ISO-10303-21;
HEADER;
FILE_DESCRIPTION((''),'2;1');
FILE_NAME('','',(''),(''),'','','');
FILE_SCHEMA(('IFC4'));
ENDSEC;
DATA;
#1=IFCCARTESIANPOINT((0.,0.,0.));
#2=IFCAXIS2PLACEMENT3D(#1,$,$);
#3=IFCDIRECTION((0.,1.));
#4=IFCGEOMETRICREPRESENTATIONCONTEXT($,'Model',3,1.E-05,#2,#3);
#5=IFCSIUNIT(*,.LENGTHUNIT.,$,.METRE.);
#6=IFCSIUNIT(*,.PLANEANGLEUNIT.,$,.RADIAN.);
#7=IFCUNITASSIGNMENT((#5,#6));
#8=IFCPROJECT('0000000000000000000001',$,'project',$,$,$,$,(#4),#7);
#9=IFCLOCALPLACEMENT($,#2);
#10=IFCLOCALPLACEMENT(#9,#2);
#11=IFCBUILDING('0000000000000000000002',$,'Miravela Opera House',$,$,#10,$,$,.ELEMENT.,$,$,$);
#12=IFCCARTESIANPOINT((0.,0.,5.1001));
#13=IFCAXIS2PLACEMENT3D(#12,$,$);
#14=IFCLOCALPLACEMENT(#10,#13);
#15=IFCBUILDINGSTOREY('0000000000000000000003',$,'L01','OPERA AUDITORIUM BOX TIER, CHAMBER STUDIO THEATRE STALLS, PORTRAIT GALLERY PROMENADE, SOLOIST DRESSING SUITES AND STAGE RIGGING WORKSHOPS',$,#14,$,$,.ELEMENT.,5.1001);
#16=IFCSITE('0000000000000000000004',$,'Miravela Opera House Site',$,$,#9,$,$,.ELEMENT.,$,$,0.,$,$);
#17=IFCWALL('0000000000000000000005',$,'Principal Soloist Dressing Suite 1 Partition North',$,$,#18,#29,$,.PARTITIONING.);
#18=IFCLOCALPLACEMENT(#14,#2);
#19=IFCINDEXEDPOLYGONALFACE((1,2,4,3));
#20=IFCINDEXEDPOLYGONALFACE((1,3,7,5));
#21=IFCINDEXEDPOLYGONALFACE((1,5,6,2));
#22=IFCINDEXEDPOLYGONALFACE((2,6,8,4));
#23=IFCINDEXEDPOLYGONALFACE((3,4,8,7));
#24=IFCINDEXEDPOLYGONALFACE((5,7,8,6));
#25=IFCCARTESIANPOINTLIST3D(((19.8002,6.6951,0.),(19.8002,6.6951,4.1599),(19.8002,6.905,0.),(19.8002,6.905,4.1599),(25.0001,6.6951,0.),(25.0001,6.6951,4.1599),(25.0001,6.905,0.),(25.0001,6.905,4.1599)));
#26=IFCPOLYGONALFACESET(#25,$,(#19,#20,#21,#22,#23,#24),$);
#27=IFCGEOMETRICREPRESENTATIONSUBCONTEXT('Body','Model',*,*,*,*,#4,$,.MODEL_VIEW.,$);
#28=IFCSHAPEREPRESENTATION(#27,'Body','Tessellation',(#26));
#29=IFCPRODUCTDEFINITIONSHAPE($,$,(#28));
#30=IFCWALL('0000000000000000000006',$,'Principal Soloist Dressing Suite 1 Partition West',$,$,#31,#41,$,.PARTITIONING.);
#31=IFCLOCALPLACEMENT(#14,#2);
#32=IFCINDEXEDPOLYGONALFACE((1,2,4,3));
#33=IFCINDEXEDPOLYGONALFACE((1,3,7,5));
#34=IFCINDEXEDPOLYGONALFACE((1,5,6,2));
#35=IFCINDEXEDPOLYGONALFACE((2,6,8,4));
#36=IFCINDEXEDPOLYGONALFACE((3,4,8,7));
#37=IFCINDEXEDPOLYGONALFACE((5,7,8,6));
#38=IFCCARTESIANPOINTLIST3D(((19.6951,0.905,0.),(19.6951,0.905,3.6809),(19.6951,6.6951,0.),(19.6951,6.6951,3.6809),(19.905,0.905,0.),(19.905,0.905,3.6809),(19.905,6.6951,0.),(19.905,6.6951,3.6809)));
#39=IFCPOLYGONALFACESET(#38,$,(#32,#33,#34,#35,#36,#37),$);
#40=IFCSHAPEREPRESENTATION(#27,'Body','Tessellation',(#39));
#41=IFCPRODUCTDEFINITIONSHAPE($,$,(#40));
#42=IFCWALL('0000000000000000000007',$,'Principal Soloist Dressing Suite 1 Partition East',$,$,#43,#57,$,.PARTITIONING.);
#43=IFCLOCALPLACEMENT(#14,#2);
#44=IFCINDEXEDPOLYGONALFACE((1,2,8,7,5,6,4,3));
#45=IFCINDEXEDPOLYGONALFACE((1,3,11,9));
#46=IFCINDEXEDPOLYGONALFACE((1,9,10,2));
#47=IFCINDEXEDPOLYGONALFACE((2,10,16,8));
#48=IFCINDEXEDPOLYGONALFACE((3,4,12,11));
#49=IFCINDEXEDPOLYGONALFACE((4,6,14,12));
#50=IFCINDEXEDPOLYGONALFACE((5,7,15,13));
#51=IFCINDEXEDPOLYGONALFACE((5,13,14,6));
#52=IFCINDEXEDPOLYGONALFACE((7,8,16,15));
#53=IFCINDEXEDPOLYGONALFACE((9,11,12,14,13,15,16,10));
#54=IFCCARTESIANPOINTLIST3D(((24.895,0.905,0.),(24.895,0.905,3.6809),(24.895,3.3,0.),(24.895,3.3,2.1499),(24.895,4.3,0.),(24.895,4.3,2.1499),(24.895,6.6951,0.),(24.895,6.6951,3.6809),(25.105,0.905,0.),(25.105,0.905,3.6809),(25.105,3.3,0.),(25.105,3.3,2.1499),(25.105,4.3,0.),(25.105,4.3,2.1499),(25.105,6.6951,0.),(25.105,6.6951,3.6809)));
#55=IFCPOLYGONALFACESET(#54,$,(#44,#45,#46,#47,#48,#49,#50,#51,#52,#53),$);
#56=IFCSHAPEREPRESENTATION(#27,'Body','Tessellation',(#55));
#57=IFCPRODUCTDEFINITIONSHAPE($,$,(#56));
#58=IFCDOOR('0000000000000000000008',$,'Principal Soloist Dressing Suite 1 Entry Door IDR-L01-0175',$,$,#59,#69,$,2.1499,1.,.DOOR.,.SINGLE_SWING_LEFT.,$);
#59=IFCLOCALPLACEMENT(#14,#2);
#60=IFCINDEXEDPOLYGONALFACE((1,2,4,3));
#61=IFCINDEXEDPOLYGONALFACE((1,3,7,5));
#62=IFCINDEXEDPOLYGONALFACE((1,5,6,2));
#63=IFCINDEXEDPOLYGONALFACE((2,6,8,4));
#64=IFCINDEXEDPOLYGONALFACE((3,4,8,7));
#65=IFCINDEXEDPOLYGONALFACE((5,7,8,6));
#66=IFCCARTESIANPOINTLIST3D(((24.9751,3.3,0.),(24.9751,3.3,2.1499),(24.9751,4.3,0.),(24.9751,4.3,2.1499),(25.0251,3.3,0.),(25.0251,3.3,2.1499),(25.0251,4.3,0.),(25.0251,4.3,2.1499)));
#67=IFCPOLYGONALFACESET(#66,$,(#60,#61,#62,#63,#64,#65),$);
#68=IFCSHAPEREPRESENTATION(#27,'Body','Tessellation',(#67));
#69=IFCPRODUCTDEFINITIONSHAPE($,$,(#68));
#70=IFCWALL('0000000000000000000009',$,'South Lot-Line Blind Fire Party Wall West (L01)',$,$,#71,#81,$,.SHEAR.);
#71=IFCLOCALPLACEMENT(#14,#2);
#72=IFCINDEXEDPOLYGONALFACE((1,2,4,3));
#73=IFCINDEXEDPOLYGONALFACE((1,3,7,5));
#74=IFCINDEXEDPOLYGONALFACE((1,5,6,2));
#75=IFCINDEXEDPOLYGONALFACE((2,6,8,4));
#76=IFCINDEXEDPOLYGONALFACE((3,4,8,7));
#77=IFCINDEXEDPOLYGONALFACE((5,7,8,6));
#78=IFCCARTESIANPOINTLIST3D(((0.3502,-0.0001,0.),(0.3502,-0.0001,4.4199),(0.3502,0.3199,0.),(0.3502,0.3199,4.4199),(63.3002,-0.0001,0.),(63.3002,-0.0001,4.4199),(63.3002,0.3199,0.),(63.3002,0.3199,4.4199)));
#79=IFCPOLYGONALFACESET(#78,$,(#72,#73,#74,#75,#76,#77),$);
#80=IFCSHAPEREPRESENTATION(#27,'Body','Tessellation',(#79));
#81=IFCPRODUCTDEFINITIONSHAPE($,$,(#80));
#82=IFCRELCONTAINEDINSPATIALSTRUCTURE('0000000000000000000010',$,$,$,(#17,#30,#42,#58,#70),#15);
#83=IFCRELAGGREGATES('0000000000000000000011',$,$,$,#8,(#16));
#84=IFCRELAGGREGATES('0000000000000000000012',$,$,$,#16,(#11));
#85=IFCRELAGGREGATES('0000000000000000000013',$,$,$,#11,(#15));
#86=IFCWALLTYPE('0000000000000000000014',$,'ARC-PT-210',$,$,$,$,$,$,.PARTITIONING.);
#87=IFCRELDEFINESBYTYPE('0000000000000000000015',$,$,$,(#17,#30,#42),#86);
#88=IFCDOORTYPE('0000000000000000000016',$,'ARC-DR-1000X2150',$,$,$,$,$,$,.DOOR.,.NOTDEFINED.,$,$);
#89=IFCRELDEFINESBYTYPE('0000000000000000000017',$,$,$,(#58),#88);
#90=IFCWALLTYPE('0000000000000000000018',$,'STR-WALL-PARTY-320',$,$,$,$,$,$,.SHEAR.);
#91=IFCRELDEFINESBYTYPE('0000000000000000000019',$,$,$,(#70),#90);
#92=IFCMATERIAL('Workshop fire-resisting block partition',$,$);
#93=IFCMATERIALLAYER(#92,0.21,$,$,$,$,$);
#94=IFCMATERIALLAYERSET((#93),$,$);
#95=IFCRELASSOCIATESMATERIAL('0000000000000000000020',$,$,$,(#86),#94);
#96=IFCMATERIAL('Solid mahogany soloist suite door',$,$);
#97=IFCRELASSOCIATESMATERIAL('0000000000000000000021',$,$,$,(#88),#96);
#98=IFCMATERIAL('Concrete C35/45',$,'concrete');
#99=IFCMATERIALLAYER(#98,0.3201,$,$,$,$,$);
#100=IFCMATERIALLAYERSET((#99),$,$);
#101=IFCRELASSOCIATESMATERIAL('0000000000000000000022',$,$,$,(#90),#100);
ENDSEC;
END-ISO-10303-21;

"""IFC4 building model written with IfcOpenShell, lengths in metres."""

from ifc_helpers import new_model, si_unit, direction, frame, frame_2d, origin, place, context, subcontext, project, spatial, rectangle, extrude, material, layer, layer_set, type_object, element, fill, save


model = new_model("IFC4")

# Units and contexts
model_context = context("Model", 3, precision=1e-05, world=origin(), true_north=direction((0.0, 1.0)))
body_context = subcontext(model_context, "Body", "Model", "MODEL_VIEW")
ifc_project = project(units=[si_unit("LENGTHUNIT", "METRE"), si_unit("PLANEANGLEUNIT", "RADIAN")], contexts=[model_context])

# Site, building, storey
site_placement = place(None, origin())
site = spatial("IfcSite", under=ifc_project, at=site_placement, Name="Miravela Opera House Site", CompositionType="ELEMENT", RefElevation=0.0)
building_placement = place(site_placement, origin())
building = spatial("IfcBuilding", under=site, at=building_placement, Name="Miravela Opera House", CompositionType="ELEMENT")
storey_placement = place(building_placement, frame((0.0, 0.0, 5.1001)))
storey = spatial("IfcBuildingStorey", under=building, at=storey_placement, Name="L01", Description="OPERA AUDITORIUM BOX TIER, CHAMBER STUDIO THEATRE STALLS, PORTRAIT GALLERY PROMENADE, SOLOIST DRESSING SUITES AND STAGE RIGGING WORKSHOPS", CompositionType="ELEMENT", Elevation=5.1001)

# Shared definitions
ifc_material_1 = material(Name="Concrete C35/45", Category="concrete")

# Walls
ifc_material_2 = material(Name="Workshop fire-resisting block partition")
ifc_layer_1 = layer(ifc_material_2, 0.21)
ifc_layer_set_1 = layer_set([ifc_layer_1])
wall_type_1 = type_object("IfcWallType", Name="ARC-PT-210", PredefinedType="PARTITIONING", material=ifc_layer_set_1)
for number, where, z_axis, x_axis, name in (
    (1, (19.8, 6.8, 0.0), (0.0, 0.0, 1.0), (1.0, 0.0, 0.0), "Principal Soloist Dressing Suite 1 Partition North"),
):
    element("IfcWall", number, at=place(storey_placement, frame(where, z_axis=z_axis, x_axis=x_axis)), inside=storey, type_object=wall_type_1, Name=name, PredefinedType="PARTITIONING", context=body_context, shape_type="SweptSolid", body=[
        extrude(rectangle(XDim=5.2, YDim=0.21, at=frame_2d((2.6001, 0.0))), origin(), (0.0, 0.0, 1.0), 4.1599),
    ])
wall_1_placement = place(storey_placement, frame((19.8, 0.905, 0.0), z_axis=(0.0, 0.0, 1.0), x_axis=(0.0, 1.0, 0.0)))
element("IfcWall", 2, at=wall_1_placement, inside=storey, type_object=wall_type_1, Name="Principal Soloist Dressing Suite 1 Partition West", PredefinedType="PARTITIONING", context=body_context, shape_type="SweptSolid", body=[
    extrude(rectangle(XDim=5.79, YDim=0.21, at=frame_2d((2.895, 0.0))), origin(), (0.0, 0.0, 1.0), 3.6809),
])

# Wall, opening, door
wall_2_placement = place(storey_placement, frame((25.0, 0.905, 0.0), z_axis=(0.0, 0.0, 1.0), x_axis=(0.0, 1.0, 0.0)))
wall_2 = element("IfcWall", 3, at=wall_2_placement, inside=storey, type_object=wall_type_1, Name="Principal Soloist Dressing Suite 1 Partition East", PredefinedType="PARTITIONING", context=body_context, shape_type="SweptSolid", body=[
    extrude(rectangle(XDim=5.79, YDim=0.21, at=frame_2d((2.895, 0.0))), origin(), (0.0, 0.0, 1.0), 3.6809),
])
opening_1_placement = place(wall_2_placement, frame((2.395, 0.0, 0.0)))
opening_1 = element("IfcOpeningElement", 4, at=opening_1_placement, cuts=wall_2, PredefinedType="OPENING", context=body_context, shape_type="SweptSolid", body=[
    extrude(rectangle(XDim=1.0, YDim=2.1499, at=frame_2d((0.5, 1.075))), frame((0.0, 0.115, 0.0), z_axis=(0.0, -1.0, 0.0), x_axis=(1.0, 0.0, 0.0)), (0.0, 0.0, 1.0), 0.23),
])
ifc_material_3 = material(Name="Solid mahogany soloist suite door")
door_type_1 = type_object("IfcDoorType", Name="ARC-DR-1000X2150", OperationType="NOTDEFINED", PredefinedType="DOOR", material=ifc_material_3)
door_1_placement = place(opening_1_placement, origin())
door_1 = element("IfcDoor", 5, at=door_1_placement, inside=storey, type_object=door_type_1, Name="Principal Soloist Dressing Suite 1 Entry Door IDR-L01-0175", OperationType="SINGLE_SWING_LEFT", OverallHeight=2.1499, OverallWidth=1.0, PredefinedType="DOOR", context=body_context, shape_type="SweptSolid", body=[
    extrude(rectangle(XDim=1.0, YDim=2.1499, at=frame_2d((0.5, 1.075))), frame((0.0, 0.0249, 0.0), z_axis=(0.0, -1.0, 0.0), x_axis=(1.0, 0.0, 0.0)), (0.0, 0.0, 1.0), 0.05),
])
fill(opening_1, door_1)

# Wall
ifc_layer_2 = layer(ifc_material_1, 0.3201)
ifc_layer_set_2 = layer_set([ifc_layer_2])
wall_type_2 = type_object("IfcWallType", Name="STR-WALL-PARTY-320", PredefinedType="SHEAR", material=ifc_layer_set_2)
wall_3_placement = place(storey_placement, frame((0.3501, 0.1599, 0.0), z_axis=(0.0, 0.0, 1.0), x_axis=(1.0, 0.0, 0.0)))
element("IfcWall", 6, at=wall_3_placement, inside=storey, type_object=wall_type_2, Name="South Lot-Line Blind Fire Party Wall West (L01)", PredefinedType="SHEAR", context=body_context, shape_type="SweptSolid", body=[
    extrude(rectangle(XDim=62.95, YDim=0.3201, at=frame_2d((31.4751, 0.0))), origin(), (0.0, 0.0, 1.0), 4.4199),
])

save(model, "model.ifc")
